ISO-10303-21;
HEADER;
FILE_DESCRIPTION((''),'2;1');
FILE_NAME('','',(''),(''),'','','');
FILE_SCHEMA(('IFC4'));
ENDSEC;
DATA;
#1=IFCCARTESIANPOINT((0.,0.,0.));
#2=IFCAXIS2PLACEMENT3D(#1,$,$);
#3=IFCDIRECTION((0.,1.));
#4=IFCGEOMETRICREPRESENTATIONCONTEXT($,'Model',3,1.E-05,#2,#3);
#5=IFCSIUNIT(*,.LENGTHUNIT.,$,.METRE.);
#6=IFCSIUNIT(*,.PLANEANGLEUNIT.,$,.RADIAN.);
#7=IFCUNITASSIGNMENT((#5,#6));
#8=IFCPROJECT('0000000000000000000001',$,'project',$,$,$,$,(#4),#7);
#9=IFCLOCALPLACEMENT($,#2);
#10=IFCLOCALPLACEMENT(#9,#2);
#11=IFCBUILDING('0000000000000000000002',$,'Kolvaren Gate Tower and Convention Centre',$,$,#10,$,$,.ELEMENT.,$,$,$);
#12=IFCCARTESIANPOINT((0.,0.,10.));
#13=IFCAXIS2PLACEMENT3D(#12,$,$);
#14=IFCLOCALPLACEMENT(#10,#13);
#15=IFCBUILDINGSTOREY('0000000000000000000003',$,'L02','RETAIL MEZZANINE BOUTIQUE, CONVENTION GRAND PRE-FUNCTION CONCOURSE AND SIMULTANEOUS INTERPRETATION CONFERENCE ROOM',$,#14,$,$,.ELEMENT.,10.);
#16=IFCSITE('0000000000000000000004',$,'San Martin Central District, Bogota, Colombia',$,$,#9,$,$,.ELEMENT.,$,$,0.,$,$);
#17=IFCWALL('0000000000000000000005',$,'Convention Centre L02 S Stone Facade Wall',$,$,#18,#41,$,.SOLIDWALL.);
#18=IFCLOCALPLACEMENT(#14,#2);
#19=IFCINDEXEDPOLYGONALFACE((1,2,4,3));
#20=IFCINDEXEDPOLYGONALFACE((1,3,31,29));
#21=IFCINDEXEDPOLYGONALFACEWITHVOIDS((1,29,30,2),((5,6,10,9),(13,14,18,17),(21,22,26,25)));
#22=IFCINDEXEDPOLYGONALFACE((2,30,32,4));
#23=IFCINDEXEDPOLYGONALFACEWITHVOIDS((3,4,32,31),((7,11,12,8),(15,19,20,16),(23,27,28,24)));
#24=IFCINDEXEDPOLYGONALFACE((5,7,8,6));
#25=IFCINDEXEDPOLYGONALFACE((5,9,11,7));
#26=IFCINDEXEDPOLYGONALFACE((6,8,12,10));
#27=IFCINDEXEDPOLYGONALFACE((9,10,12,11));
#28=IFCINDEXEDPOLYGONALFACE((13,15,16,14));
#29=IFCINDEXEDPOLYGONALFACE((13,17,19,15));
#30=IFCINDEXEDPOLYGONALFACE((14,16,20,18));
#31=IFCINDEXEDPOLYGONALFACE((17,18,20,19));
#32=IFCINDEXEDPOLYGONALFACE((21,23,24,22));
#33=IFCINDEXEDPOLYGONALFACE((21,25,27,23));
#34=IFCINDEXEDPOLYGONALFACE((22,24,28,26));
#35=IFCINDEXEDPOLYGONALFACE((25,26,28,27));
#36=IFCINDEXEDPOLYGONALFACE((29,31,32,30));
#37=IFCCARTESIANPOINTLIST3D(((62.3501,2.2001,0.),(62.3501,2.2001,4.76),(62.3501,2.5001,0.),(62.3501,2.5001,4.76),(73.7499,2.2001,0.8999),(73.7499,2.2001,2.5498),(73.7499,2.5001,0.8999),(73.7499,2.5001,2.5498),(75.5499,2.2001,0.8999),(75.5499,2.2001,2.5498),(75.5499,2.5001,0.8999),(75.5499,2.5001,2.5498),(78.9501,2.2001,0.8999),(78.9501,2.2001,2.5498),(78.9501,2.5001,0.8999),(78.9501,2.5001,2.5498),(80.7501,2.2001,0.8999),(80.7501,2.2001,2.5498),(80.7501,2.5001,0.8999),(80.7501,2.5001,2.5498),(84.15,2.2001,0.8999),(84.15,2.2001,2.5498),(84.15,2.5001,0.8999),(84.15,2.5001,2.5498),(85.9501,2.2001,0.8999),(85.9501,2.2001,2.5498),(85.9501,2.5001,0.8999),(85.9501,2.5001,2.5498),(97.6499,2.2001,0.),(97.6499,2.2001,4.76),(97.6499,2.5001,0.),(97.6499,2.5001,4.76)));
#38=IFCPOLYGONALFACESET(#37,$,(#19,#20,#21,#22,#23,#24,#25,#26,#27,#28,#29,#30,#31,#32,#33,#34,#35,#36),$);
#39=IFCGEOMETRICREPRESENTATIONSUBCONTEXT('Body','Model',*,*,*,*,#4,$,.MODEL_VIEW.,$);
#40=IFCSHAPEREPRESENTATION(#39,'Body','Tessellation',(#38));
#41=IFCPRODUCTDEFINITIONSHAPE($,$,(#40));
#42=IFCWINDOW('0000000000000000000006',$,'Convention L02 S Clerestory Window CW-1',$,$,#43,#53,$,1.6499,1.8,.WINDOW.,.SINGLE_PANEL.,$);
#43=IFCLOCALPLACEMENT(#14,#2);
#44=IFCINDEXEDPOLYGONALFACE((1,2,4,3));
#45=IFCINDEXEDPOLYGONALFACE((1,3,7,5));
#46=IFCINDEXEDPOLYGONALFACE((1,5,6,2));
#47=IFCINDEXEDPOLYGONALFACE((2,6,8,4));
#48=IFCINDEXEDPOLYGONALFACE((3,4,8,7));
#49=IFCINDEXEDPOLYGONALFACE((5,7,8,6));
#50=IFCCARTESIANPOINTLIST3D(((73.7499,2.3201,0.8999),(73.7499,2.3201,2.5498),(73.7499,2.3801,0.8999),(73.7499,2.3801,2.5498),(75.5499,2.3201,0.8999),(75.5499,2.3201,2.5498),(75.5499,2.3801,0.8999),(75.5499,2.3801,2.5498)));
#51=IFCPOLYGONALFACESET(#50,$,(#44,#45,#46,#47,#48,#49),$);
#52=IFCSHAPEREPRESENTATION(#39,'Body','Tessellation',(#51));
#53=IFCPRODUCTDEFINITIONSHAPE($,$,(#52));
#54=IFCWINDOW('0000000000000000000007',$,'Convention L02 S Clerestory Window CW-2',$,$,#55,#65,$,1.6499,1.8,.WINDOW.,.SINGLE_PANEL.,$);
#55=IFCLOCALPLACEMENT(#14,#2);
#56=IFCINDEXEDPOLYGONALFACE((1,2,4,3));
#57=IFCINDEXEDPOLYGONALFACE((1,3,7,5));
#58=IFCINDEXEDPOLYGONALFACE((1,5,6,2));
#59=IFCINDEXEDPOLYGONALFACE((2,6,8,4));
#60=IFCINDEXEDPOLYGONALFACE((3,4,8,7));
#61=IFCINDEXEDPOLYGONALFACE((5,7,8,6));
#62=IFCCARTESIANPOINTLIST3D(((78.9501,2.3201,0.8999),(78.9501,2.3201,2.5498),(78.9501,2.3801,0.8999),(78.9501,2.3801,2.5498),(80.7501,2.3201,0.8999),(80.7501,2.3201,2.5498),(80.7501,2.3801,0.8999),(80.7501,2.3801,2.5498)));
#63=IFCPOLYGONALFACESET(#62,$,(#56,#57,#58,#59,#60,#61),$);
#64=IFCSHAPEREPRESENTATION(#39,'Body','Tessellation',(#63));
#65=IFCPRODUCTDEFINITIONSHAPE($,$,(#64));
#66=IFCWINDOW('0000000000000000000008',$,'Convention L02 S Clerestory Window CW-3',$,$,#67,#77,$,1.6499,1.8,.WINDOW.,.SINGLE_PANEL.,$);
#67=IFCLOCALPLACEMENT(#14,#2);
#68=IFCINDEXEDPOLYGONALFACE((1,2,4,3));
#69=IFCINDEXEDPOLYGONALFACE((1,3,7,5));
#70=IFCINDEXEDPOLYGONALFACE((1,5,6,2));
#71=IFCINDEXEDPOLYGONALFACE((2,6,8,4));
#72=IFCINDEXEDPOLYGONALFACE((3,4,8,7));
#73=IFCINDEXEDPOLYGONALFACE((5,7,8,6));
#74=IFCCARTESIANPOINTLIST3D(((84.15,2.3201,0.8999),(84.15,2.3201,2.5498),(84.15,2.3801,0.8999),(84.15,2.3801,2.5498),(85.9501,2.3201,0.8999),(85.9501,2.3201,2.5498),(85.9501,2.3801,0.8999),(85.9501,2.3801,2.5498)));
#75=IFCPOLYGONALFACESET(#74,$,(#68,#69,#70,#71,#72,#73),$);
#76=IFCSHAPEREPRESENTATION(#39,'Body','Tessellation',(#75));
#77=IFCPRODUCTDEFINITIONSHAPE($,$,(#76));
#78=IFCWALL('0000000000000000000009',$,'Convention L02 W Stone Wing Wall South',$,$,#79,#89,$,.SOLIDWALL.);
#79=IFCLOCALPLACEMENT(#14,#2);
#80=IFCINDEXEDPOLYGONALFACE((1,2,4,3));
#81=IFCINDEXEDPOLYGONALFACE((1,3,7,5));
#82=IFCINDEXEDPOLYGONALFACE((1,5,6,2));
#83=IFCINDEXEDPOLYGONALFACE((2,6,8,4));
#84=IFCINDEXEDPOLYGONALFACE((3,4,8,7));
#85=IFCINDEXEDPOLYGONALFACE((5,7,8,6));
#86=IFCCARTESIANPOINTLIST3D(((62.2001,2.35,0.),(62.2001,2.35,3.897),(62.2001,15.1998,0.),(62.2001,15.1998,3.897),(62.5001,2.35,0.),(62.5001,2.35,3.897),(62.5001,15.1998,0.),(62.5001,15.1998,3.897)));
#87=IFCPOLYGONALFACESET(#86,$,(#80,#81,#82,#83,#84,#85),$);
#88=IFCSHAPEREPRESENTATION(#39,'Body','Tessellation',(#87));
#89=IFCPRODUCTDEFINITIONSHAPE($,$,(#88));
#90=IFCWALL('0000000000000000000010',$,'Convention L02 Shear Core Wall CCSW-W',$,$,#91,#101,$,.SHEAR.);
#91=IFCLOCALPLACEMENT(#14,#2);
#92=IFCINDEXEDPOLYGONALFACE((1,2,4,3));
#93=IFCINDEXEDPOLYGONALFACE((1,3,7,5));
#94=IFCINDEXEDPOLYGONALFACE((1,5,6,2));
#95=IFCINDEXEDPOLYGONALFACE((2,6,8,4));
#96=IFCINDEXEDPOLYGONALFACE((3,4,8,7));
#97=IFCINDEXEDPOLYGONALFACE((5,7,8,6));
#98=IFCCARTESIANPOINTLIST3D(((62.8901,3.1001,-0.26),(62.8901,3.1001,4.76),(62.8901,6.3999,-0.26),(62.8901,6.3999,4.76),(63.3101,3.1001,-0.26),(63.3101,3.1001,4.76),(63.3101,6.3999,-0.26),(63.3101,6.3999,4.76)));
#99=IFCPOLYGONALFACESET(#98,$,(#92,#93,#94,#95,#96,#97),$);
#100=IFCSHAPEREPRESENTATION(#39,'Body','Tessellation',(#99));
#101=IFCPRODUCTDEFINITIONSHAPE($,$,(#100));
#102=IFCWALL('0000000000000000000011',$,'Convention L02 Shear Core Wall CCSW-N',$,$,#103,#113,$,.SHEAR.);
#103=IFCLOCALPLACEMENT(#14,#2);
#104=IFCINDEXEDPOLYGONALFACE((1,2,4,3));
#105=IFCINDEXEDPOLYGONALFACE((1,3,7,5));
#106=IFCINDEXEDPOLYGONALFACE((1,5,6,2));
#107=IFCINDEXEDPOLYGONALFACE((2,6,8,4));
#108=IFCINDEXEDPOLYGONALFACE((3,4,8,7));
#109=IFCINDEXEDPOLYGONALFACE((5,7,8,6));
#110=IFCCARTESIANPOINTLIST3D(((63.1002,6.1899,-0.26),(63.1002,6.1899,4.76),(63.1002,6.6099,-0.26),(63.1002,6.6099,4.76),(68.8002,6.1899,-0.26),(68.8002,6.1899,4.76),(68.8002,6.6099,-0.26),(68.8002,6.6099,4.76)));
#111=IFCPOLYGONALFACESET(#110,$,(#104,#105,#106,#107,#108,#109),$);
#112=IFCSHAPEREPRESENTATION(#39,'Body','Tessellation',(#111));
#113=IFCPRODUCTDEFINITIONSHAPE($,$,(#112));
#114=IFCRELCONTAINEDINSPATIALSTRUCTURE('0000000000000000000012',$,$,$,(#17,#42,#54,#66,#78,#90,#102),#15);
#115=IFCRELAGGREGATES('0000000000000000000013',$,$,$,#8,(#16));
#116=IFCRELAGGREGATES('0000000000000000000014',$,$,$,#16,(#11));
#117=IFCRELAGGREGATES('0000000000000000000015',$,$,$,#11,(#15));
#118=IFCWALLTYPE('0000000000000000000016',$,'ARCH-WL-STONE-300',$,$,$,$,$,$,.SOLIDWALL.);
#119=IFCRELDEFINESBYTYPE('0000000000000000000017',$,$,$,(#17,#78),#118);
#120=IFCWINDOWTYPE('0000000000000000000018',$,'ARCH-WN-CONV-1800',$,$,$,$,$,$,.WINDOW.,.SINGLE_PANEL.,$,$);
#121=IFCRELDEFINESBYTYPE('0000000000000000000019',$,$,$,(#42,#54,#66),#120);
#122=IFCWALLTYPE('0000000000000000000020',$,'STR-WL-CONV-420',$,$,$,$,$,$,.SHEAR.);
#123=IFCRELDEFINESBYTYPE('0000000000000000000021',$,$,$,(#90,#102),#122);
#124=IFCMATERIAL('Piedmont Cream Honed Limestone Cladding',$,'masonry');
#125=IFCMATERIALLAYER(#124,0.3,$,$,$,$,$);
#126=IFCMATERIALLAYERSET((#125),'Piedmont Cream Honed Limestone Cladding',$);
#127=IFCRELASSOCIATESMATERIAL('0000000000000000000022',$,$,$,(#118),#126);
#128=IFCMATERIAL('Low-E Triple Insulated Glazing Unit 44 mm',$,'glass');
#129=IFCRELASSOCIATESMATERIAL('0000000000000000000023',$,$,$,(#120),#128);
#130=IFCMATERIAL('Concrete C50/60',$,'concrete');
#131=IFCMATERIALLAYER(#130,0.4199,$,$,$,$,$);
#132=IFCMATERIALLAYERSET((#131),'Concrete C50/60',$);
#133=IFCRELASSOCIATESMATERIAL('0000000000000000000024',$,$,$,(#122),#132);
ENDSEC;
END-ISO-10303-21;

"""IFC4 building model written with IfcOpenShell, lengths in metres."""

from ifc_helpers import new_model, si_unit, direction, frame, frame_2d, origin, place, context, subcontext, project, spatial, rectangle, extrude, material, layer, layer_set, type_object, element, fill, save


model = new_model("IFC4")

# Units and contexts
model_context = context("Model", 3, precision=1e-05, world=origin(), true_north=direction((0.0, 1.0)))
body_context = subcontext(model_context, "Body", "Model", "MODEL_VIEW")
ifc_project = project(units=[si_unit("LENGTHUNIT", "METRE"), si_unit("PLANEANGLEUNIT", "RADIAN")], contexts=[model_context])

# Site, building, storey
site_placement = place(None, origin())
site = spatial("IfcSite", under=ifc_project, at=site_placement, Name="San Martin Central District, Bogota, Colombia", CompositionType="ELEMENT", RefElevation=0.0)
building_placement = place(site_placement, origin())
building = spatial("IfcBuilding", under=site, at=building_placement, Name="Kolvaren Gate Tower and Convention Centre", CompositionType="ELEMENT")
storey_placement = place(building_placement, frame((0.0, 0.0, 10.0)))
storey = spatial("IfcBuildingStorey", under=building, at=storey_placement, Name="L02", Description="RETAIL MEZZANINE BOUTIQUE, CONVENTION GRAND PRE-FUNCTION CONCOURSE AND SIMULTANEOUS INTERPRETATION CONFERENCE ROOM", CompositionType="ELEMENT", Elevation=10.0)

# Shared definitions
ifc_material_1 = material(Name="Low-E Triple Insulated Glazing Unit 44 mm", Category="glass")

# Wall, openings, windows
ifc_material_2 = material(Name="Piedmont Cream Honed Limestone Cladding", Category="masonry")
ifc_layer_1 = layer(ifc_material_2, 0.3)
ifc_layer_set_1 = layer_set([ifc_layer_1], Name="Piedmont Cream Honed Limestone Cladding")
wall_type_1 = type_object("IfcWallType", Name="ARCH-WL-STONE-300", PredefinedType="SOLIDWALL", material=ifc_layer_set_1)
wall_1_placement = place(storey_placement, frame((62.3501, 2.3501, 0.0), z_axis=(0.0, 0.0, 1.0), x_axis=(1.0, 0.0, 0.0)))
wall_1 = element("IfcWall", 1, at=wall_1_placement, inside=storey, type_object=wall_type_1, Name="Convention Centre L02 S Stone Facade Wall", PredefinedType="SOLIDWALL", context=body_context, shape_type="SweptSolid", body=[
    extrude(rectangle(XDim=35.2998, YDim=0.3, at=frame_2d((17.6499, 0.0))), origin(), (0.0, 0.0, 1.0), 4.76),
])
opening_1_placement = place(wall_1_placement, frame((11.3999, 0.0, 0.8999)))
opening_1 = element("IfcOpeningElement", 2, at=opening_1_placement, cuts=wall_1, PredefinedType="OPENING", context=body_context, shape_type="SweptSolid", body=[
    extrude(rectangle(XDim=1.8, YDim=1.6499, at=frame_2d((0.8999, 0.825))), frame((0.0, 0.1599, 0.0), z_axis=(0.0, -1.0, 0.0), x_axis=(1.0, 0.0, 0.0)), (0.0, 0.0, 1.0), 0.3201),
])
opening_2_placement = place(wall_1_placement, frame((16.6001, 0.0, 0.8999)))
opening_2 = element("IfcOpeningElement", 3, at=opening_2_placement, cuts=wall_1, PredefinedType="OPENING", context=body_context, shape_type="SweptSolid", body=[
    extrude(rectangle(XDim=1.8, YDim=1.6499, at=frame_2d((0.8999, 0.825))), frame((0.0, 0.1599, 0.0), z_axis=(0.0, -1.0, 0.0), x_axis=(1.0, 0.0, 0.0)), (0.0, 0.0, 1.0), 0.3201),
])
opening_3_placement = place(wall_1_placement, frame((21.8, 0.0, 0.8999)))
opening_3 = element("IfcOpeningElement", 4, at=opening_3_placement, cuts=wall_1, PredefinedType="OPENING", context=body_context, shape_type="SweptSolid", body=[
    extrude(rectangle(XDim=1.8, YDim=1.6499, at=frame_2d((0.8999, 0.825))), frame((0.0, 0.1599, 0.0), z_axis=(0.0, -1.0, 0.0), x_axis=(1.0, 0.0, 0.0)), (0.0, 0.0, 1.0), 0.3201),
])
window_type = type_object("IfcWindowType", Name="ARCH-WN-CONV-1800", PartitioningType="SINGLE_PANEL", PredefinedType="WINDOW", material=ifc_material_1)
window_1_placement = place(opening_1_placement, origin())
window_1 = element("IfcWindow", 5, at=window_1_placement, inside=storey, type_object=window_type, Name="Convention L02 S Clerestory Window CW-1", OverallHeight=1.6499, OverallWidth=1.8, PartitioningType="SINGLE_PANEL", PredefinedType="WINDOW", context=body_context, shape_type="SweptSolid", body=[
    extrude(rectangle(XDim=1.8, YDim=1.6499, at=frame_2d((0.8999, 0.825))), frame((0.0, 0.03, 0.0), z_axis=(0.0, -1.0, 0.0), x_axis=(1.0, 0.0, 0.0)), (0.0, 0.0, 1.0), 0.0601),
])
fill(opening_1, window_1)
window_2_placement = place(opening_2_placement, origin())
window_2 = element("IfcWindow", 6, at=window_2_placement, inside=storey, type_object=window_type, Name="Convention L02 S Clerestory Window CW-2", OverallHeight=1.6499, OverallWidth=1.8, PartitioningType="SINGLE_PANEL", PredefinedType="WINDOW", context=body_context, shape_type="SweptSolid", body=[
    extrude(rectangle(XDim=1.8, YDim=1.6499, at=frame_2d((0.8999, 0.825))), frame((0.0, 0.03, 0.0), z_axis=(0.0, -1.0, 0.0), x_axis=(1.0, 0.0, 0.0)), (0.0, 0.0, 1.0), 0.0601),
])
fill(opening_2, window_2)
window_3_placement = place(opening_3_placement, origin())
window_3 = element("IfcWindow", 7, at=window_3_placement, inside=storey, type_object=window_type, Name="Convention L02 S Clerestory Window CW-3", OverallHeight=1.6499, OverallWidth=1.8, PartitioningType="SINGLE_PANEL", PredefinedType="WINDOW", context=body_context, shape_type="SweptSolid", body=[
    extrude(rectangle(XDim=1.8, YDim=1.6499, at=frame_2d((0.8999, 0.825))), frame((0.0, 0.03, 0.0), z_axis=(0.0, -1.0, 0.0), x_axis=(1.0, 0.0, 0.0)), (0.0, 0.0, 1.0), 0.0601),
])
fill(opening_3, window_3)

# Walls
wall_2_placement = place(storey_placement, frame((62.3501, 2.3501, 0.0), z_axis=(0.0, 0.0, 1.0), x_axis=(0.0, 1.0, 0.0)))
element("IfcWall", 8, at=wall_2_placement, inside=storey, type_object=wall_type_1, Name="Convention L02 W Stone Wing Wall South", PredefinedType="SOLIDWALL", context=body_context, shape_type="SweptSolid", body=[
    extrude(rectangle(XDim=12.8499, YDim=0.3, at=frame_2d((6.4248, 0.0))), origin(), (0.0, 0.0, 1.0), 3.897),
])
ifc_material_3 = material(Name="Concrete C50/60", Category="concrete")
ifc_layer_2 = layer(ifc_material_3, 0.4199)
ifc_layer_set_2 = layer_set([ifc_layer_2], Name="Concrete C50/60")
wall_type_2 = type_object("IfcWallType", Name="STR-WL-CONV-420", PredefinedType="SHEAR", material=ifc_layer_set_2)
wall_3_placement = place(storey_placement, frame((63.1001, 3.1001, -0.26), z_axis=(0.0, 0.0, 1.0), x_axis=(0.0, 1.0, 0.0)))
element("IfcWall", 9, at=wall_3_placement, inside=storey, type_object=wall_type_2, Name="Convention L02 Shear Core Wall CCSW-W", PredefinedType="SHEAR", context=body_context, shape_type="SweptSolid", body=[
    extrude(rectangle(XDim=3.2998, YDim=0.4199, at=frame_2d((1.6499, 0.0))), origin(), (0.0, 0.0, 1.0), 5.02),
])
wall_4_placement = place(storey_placement, frame((63.1001, 6.3999, -0.26), z_axis=(0.0, 0.0, 1.0), x_axis=(1.0, 0.0, 0.0)))
element("IfcWall", 10, at=wall_4_placement, inside=storey, type_object=wall_type_2, Name="Convention L02 Shear Core Wall CCSW-N", PredefinedType="SHEAR", context=body_context, shape_type="SweptSolid", body=[
    extrude(rectangle(XDim=5.7, YDim=0.4199, at=frame_2d((2.8501, 0.0))), origin(), (0.0, 0.0, 1.0), 5.02),
])

save(model, "model.ifc")
